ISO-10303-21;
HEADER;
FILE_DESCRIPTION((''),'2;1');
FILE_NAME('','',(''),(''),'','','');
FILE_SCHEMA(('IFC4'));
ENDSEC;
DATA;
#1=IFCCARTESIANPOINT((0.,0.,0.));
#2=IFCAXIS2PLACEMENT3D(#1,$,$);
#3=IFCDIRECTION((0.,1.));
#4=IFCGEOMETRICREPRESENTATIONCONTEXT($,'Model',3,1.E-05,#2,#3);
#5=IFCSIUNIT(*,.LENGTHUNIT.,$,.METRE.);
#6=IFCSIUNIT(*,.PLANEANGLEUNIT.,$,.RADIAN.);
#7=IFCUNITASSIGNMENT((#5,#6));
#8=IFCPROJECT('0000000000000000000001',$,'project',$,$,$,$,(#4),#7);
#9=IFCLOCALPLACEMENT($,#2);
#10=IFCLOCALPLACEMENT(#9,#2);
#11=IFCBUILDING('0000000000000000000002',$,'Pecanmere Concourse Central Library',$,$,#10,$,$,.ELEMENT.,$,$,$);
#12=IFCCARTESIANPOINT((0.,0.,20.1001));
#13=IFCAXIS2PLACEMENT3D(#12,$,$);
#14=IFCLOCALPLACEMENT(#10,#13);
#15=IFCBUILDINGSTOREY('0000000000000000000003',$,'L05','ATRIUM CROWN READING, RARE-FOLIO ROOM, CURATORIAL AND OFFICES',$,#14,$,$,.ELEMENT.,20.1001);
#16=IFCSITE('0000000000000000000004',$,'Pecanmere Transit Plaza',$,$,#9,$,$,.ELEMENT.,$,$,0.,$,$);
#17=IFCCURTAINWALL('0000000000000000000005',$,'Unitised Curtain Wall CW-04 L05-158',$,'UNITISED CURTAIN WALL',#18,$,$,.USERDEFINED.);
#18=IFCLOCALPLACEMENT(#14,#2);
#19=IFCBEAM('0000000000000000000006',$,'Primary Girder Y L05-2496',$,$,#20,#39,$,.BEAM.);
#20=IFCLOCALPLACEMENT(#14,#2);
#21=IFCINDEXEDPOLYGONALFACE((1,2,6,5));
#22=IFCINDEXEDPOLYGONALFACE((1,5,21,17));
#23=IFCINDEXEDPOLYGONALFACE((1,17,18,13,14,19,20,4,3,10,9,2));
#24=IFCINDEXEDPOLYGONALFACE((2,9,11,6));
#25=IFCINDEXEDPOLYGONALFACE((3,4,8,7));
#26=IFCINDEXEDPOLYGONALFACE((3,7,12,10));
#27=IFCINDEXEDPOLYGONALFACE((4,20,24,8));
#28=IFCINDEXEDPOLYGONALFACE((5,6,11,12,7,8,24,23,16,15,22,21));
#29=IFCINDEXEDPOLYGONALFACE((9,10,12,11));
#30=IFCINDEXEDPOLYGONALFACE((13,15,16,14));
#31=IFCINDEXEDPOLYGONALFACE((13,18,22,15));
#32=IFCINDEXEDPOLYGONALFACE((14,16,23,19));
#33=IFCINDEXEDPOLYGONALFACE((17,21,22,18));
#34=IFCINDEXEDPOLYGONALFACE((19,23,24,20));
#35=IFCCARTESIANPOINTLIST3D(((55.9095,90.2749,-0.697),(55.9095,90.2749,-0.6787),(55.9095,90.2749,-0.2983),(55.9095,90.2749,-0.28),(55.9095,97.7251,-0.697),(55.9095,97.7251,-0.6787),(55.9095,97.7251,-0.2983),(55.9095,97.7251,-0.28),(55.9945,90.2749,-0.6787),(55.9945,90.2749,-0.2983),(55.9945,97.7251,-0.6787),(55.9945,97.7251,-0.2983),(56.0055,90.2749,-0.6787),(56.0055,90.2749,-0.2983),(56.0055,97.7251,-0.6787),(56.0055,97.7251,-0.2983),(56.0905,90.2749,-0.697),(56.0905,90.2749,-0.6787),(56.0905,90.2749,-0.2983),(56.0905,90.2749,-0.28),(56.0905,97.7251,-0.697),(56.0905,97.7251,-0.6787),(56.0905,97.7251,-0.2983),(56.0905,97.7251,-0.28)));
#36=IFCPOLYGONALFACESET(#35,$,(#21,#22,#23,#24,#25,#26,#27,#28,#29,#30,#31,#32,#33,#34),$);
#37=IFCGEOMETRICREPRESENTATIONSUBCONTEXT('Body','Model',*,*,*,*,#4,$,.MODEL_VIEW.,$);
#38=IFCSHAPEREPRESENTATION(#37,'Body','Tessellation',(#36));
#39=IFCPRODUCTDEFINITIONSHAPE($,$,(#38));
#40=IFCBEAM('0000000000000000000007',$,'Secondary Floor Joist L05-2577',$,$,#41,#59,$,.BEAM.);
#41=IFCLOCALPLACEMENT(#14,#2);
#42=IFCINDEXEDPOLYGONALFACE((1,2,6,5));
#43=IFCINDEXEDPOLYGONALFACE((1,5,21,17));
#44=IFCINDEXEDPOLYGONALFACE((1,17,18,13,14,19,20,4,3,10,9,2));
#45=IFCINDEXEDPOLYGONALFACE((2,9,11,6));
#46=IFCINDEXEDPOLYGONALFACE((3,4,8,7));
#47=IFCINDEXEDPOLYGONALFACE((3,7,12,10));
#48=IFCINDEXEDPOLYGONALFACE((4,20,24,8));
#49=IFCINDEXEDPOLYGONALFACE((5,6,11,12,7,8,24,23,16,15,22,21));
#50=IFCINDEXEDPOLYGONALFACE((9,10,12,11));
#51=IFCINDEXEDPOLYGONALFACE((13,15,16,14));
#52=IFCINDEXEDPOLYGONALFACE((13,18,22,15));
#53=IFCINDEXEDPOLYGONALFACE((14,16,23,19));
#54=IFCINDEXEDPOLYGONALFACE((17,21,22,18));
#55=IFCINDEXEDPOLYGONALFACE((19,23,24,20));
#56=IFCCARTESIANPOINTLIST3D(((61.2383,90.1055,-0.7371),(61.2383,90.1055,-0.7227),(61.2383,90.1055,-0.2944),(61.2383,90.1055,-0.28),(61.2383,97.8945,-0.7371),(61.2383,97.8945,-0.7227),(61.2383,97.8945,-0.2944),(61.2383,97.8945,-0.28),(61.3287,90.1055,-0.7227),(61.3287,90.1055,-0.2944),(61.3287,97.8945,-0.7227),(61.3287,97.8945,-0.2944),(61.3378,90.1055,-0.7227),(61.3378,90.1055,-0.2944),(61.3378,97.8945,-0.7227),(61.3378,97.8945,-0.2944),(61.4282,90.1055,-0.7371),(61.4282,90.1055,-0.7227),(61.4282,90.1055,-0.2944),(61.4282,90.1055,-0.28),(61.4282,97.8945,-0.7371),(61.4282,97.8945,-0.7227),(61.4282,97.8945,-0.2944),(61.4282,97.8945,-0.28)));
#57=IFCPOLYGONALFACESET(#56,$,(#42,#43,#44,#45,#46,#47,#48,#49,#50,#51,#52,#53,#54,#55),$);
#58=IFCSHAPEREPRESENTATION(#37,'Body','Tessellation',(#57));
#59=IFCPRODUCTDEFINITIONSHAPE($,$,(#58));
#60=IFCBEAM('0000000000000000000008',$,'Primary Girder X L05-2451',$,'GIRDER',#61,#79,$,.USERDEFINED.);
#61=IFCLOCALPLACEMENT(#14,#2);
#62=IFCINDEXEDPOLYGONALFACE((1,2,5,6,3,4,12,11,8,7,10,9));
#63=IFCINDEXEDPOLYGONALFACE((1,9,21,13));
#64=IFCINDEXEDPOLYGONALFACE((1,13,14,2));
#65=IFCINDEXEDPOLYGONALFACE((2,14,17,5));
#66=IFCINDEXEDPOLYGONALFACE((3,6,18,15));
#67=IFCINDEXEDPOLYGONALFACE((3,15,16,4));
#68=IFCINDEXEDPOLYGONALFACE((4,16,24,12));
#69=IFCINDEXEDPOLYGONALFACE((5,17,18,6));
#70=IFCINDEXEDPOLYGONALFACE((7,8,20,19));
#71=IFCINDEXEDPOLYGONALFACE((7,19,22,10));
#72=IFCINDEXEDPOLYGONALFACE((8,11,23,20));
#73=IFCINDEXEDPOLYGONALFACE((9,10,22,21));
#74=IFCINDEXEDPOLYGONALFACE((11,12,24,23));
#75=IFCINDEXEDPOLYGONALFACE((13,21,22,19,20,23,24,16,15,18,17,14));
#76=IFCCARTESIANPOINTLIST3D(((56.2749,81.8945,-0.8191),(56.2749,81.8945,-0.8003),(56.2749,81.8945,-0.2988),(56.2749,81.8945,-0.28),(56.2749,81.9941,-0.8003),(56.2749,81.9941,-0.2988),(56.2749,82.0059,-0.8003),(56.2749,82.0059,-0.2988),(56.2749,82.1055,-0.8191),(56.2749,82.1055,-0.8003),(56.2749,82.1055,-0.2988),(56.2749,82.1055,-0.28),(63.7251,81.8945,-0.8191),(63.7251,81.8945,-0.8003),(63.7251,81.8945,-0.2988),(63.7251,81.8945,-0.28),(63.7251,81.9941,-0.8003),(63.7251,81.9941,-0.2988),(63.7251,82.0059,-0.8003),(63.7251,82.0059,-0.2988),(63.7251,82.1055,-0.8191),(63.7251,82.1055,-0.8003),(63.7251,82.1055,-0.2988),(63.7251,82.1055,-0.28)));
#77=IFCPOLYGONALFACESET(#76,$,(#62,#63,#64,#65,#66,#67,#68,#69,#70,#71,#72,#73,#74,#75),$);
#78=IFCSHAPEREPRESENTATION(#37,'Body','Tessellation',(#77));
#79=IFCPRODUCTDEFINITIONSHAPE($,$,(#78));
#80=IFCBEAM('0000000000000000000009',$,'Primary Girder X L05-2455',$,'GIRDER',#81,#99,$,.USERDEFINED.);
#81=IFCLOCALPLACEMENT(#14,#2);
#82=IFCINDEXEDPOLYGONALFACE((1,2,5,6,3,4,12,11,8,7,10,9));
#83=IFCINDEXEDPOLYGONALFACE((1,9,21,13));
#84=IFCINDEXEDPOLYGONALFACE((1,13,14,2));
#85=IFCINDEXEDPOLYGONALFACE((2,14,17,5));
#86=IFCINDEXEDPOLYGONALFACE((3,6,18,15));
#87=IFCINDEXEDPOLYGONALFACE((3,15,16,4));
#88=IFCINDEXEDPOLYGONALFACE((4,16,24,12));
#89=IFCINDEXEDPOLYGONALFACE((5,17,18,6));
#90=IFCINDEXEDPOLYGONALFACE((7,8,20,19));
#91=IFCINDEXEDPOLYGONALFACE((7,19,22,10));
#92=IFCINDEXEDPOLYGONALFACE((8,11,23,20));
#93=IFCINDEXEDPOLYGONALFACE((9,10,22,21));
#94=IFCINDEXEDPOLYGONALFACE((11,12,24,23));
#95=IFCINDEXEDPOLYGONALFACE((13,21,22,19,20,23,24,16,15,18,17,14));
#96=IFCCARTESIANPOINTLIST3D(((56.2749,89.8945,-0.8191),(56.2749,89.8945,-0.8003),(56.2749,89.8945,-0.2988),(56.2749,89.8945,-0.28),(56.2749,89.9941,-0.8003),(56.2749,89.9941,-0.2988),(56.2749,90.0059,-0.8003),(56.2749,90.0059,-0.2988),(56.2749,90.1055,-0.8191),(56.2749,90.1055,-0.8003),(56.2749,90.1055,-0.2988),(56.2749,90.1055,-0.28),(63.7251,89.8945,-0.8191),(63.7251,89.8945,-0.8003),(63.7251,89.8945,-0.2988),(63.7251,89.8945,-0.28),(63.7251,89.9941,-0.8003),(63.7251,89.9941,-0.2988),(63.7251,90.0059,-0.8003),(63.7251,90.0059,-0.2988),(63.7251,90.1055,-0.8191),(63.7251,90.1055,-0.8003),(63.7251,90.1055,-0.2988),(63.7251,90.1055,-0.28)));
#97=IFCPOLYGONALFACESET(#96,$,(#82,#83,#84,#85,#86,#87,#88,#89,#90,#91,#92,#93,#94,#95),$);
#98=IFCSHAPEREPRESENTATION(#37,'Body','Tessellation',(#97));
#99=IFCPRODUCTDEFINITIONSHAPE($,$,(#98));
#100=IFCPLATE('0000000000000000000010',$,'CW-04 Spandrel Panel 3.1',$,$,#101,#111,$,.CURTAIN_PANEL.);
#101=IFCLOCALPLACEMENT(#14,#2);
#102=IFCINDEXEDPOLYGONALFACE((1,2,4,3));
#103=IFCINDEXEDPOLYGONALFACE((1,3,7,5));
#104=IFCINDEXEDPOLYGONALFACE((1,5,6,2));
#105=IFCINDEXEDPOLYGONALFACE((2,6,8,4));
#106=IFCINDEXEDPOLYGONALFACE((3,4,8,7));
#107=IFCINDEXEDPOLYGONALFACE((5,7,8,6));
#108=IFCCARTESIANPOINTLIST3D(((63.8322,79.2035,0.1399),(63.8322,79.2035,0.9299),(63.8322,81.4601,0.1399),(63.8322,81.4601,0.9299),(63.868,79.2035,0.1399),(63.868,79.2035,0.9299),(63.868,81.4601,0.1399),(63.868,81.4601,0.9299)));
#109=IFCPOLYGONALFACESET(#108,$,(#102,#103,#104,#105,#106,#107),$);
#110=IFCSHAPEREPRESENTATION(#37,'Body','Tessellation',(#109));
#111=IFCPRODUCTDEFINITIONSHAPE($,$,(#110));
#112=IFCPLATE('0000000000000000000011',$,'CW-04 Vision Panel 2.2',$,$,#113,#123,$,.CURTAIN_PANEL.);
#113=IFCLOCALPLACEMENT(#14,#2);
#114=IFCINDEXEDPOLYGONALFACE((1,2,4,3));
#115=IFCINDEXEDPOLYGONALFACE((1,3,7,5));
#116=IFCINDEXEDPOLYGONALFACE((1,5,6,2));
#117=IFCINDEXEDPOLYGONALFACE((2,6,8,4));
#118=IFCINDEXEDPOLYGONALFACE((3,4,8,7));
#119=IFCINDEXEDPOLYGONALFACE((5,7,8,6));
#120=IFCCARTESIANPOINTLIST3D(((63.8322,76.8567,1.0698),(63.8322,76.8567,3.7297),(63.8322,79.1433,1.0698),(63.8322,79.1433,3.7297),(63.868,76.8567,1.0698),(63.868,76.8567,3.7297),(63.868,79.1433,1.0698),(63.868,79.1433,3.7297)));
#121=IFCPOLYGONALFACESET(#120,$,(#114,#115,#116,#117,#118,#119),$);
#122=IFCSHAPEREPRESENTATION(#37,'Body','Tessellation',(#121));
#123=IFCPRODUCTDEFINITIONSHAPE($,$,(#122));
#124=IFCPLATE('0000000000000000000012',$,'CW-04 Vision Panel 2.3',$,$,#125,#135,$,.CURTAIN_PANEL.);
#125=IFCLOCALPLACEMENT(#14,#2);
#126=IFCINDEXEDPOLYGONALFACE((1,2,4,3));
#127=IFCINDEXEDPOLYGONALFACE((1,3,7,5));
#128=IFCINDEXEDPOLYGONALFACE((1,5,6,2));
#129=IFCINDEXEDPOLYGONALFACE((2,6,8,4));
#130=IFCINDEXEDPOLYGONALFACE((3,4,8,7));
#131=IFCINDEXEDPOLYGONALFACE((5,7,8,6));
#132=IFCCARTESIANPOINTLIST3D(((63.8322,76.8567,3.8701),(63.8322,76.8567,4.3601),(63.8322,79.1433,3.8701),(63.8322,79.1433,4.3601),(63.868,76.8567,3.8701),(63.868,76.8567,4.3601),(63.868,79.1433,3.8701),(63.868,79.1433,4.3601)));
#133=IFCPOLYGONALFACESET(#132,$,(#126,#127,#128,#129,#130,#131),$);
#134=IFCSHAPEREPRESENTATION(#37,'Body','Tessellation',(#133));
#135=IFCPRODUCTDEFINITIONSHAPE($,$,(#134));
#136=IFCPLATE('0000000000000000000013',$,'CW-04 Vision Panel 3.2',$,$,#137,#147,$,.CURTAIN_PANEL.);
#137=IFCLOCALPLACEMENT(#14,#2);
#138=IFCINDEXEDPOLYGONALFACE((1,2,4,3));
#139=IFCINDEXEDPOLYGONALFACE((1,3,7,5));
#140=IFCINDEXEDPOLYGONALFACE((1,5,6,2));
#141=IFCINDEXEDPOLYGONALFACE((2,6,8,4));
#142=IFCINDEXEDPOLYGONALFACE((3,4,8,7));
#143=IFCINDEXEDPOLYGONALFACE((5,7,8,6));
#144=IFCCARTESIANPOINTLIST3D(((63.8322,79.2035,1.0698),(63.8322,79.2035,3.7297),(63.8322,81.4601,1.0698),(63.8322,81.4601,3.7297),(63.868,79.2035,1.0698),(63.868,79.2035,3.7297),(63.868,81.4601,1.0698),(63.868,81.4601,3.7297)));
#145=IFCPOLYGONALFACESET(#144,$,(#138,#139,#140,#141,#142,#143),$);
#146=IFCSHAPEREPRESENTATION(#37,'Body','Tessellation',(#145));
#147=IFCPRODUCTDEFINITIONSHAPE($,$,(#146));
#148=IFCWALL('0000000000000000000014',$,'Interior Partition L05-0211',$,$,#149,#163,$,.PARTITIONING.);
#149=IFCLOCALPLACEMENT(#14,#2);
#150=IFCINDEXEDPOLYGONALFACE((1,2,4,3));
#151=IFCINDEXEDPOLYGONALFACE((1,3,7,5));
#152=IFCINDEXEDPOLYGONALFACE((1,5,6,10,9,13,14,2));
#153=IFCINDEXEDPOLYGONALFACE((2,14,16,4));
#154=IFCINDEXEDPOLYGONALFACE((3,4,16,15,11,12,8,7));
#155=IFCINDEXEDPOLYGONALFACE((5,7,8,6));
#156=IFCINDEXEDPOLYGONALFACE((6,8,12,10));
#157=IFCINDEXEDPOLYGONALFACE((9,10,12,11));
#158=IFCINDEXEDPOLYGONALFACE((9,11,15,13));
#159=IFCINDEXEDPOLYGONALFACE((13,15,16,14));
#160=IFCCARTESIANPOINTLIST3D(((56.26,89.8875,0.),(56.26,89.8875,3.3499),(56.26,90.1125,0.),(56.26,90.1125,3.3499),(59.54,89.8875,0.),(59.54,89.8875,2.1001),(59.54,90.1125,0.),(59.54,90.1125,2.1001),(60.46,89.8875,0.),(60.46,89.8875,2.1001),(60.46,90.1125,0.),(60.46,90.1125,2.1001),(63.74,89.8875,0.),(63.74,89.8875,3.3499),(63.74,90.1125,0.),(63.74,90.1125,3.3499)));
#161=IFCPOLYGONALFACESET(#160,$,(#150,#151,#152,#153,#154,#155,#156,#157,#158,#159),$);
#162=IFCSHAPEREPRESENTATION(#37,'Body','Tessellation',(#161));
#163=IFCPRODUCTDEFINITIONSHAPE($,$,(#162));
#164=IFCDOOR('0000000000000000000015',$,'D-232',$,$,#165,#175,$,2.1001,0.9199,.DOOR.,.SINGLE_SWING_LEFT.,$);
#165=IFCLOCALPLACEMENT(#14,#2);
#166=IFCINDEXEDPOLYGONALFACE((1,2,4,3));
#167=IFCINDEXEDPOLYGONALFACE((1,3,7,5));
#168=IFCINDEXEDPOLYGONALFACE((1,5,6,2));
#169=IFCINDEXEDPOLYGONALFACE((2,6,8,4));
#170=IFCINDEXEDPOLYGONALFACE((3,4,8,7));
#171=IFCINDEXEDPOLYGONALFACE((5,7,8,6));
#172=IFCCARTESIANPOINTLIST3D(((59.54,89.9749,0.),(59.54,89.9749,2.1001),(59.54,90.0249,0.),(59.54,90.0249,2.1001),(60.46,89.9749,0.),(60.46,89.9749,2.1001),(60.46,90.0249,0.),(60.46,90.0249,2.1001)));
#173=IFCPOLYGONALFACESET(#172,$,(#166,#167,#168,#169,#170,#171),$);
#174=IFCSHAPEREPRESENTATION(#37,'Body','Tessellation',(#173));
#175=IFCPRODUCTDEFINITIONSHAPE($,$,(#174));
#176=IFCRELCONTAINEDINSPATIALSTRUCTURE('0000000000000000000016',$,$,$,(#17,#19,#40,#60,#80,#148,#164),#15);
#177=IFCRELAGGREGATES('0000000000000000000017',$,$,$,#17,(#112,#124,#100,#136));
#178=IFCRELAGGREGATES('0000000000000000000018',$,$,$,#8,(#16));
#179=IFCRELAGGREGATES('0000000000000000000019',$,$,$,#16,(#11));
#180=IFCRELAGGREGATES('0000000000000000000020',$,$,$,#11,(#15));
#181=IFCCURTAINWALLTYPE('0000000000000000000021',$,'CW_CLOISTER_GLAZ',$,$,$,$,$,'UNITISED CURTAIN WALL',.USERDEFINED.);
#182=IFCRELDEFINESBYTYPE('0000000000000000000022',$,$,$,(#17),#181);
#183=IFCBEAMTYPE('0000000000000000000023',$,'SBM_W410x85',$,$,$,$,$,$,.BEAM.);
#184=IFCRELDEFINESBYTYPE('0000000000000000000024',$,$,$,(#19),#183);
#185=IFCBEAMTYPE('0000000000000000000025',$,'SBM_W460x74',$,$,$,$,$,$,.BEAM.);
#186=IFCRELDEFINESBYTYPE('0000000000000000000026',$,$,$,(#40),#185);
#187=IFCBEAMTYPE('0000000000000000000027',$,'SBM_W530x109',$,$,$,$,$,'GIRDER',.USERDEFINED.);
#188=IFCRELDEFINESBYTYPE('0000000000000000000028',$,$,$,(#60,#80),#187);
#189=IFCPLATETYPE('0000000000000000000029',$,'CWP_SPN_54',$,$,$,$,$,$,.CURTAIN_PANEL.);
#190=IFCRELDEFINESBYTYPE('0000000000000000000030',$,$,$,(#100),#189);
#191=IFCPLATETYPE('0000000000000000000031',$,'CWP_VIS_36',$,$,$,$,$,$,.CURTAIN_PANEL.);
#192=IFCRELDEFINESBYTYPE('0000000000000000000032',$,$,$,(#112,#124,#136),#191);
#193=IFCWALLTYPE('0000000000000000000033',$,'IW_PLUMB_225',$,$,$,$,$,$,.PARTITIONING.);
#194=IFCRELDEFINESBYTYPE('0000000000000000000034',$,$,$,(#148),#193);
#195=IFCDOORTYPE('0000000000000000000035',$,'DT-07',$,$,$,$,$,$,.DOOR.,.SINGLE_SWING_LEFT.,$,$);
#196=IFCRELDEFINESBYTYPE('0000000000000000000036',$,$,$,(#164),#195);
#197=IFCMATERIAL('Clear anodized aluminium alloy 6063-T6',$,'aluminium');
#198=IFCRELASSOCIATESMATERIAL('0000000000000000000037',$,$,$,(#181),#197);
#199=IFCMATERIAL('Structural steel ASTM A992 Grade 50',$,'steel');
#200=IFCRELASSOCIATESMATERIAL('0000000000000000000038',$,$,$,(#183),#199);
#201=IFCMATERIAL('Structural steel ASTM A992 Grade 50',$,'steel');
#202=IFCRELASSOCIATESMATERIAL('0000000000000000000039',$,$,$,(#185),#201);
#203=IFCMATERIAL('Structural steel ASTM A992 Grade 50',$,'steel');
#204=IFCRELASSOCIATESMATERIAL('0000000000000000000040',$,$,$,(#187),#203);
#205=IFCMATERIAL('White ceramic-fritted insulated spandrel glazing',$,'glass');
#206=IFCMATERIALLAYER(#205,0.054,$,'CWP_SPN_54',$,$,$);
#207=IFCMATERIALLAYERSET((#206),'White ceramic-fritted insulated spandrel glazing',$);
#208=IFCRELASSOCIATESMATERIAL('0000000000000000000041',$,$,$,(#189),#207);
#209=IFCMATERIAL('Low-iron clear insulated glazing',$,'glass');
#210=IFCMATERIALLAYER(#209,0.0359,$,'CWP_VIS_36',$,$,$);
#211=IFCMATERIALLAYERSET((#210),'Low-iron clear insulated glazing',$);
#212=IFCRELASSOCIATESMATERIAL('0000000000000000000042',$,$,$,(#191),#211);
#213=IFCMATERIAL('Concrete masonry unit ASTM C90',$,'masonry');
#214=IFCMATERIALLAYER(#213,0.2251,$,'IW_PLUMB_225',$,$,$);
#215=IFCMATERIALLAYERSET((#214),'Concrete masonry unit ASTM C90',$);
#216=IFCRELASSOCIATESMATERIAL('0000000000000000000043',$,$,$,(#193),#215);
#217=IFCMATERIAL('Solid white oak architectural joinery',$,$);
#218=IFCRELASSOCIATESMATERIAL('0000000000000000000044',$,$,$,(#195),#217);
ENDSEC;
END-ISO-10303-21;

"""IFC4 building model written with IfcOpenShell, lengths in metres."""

from ifc_helpers import new_model, si_unit, direction, frame, frame_2d, origin, origin_2d, place, context, subcontext, project, spatial, rectangle, i_section, extrude, material, layer, layer_set, material_profile, profile_set, type_object, element, fill, aggregate, save


model = new_model("IFC4")

# Units and contexts
model_context = context("Model", 3, precision=1e-05, world=origin(), true_north=direction((0.0, 1.0)))
body_context = subcontext(model_context, "Body", "Model", "MODEL_VIEW")
ifc_project = project(units=[si_unit("LENGTHUNIT", "METRE"), si_unit("PLANEANGLEUNIT", "RADIAN")], contexts=[model_context])

# Site, building, storey
site_placement = place(None, origin())
site = spatial("IfcSite", under=ifc_project, at=site_placement, Name="Pecanmere Transit Plaza", CompositionType="ELEMENT", RefElevation=0.0)
building_placement = place(site_placement, origin())
building = spatial("IfcBuilding", under=site, at=building_placement, Name="Pecanmere Concourse Central Library", CompositionType="ELEMENT")
storey_placement = place(building_placement, frame((0.0, 0.0, 20.1001)))
storey = spatial("IfcBuildingStorey", under=building, at=storey_placement, Name="L05", Description="ATRIUM CROWN READING, RARE-FOLIO ROOM, CURATORIAL AND OFFICES", CompositionType="ELEMENT", Elevation=20.1001)

# Curtain wall
ifc_material_1 = material(Name="Clear anodized aluminium alloy 6063-T6", Category="aluminium")
curtain_wall_type = type_object("IfcCurtainWallType", Name="CW_CLOISTER_GLAZ", ElementType="UNITISED CURTAIN WALL", PredefinedType="USERDEFINED", material=ifc_material_1)
curtain_wall_placement = place(storey_placement, origin())
curtain_wall = element("IfcCurtainWall", 1, at=curtain_wall_placement, inside=storey, type_object=curtain_wall_type, Name="Unitised Curtain Wall CW-04 L05-158", ObjectType="UNITISED CURTAIN WALL", PredefinedType="USERDEFINED")

# Beams
ifc_material_2 = material(Name="Structural steel ASTM A992 Grade 50", Category="steel")
ifc_material_profile_1 = material_profile(ifc_material_2, i_section(OverallWidth=0.1809, OverallDepth=0.417, WebThickness=0.011, FlangeThickness=0.0183, at=origin_2d()), Name="W410x85")
ifc_profile_set_1 = profile_set([ifc_material_profile_1], Name="Structural steel ASTM A992 Grade 50")
beam_type_1 = type_object("IfcBeamType", Name="SBM_W410x85", PredefinedType="BEAM", material=ifc_profile_set_1)
for number, where, z_axis, x_axis, name in (
    (2, (56.0, 90.2749, -0.4885), (0.0, 1.0, 0.0), (-1.0, 0.0, 0.0), "Primary Girder Y L05-2496"),
):
    element("IfcBeam", number, at=place(storey_placement, frame(where, z_axis=z_axis, x_axis=x_axis)), inside=storey, type_object=beam_type_1, Name=name, PredefinedType="BEAM", context=body_context, shape_type="SweptSolid", body=[
        extrude(i_section(OverallWidth=0.1809, OverallDepth=0.417, WebThickness=0.011, FlangeThickness=0.0183, at=origin_2d()), origin(), (0.0, 0.0, 1.0), 7.4502),
    ])
ifc_material_3 = material(Name="Structural steel ASTM A992 Grade 50", Category="steel")
ifc_material_profile_2 = material_profile(ifc_material_3, i_section(OverallWidth=0.1899, OverallDepth=0.457, WebThickness=0.009, FlangeThickness=0.0144, at=origin_2d()), Name="W460x74")
ifc_profile_set_2 = profile_set([ifc_material_profile_2], Name="Structural steel ASTM A992 Grade 50")
beam_type_2 = type_object("IfcBeamType", Name="SBM_W460x74", PredefinedType="BEAM", material=ifc_profile_set_2)
beam_1_placement = place(storey_placement, frame((61.3333, 90.1055, -0.5085), z_axis=(0.0, 1.0, 0.0), x_axis=(-1.0, 0.0, 0.0)))
element("IfcBeam", 3, at=beam_1_placement, inside=storey, type_object=beam_type_2, Name="Secondary Floor Joist L05-2577", PredefinedType="BEAM", context=body_context, shape_type="SweptSolid", body=[
    extrude(i_section(OverallWidth=0.1899, OverallDepth=0.457, WebThickness=0.009, FlangeThickness=0.0144, at=origin_2d()), origin(), (0.0, 0.0, 1.0), 7.7891),
])
ifc_material_4 = material(Name="Structural steel ASTM A992 Grade 50", Category="steel")
ifc_material_profile_3 = material_profile(ifc_material_4, i_section(OverallWidth=0.2109, OverallDepth=0.5391, WebThickness=0.0117, FlangeThickness=0.0188, at=origin_2d()), Name="W530x109")
ifc_profile_set_3 = profile_set([ifc_material_profile_3], Name="Structural steel ASTM A992 Grade 50")
beam_type_3 = type_object("IfcBeamType", Name="SBM_W530x109", ElementType="GIRDER", PredefinedType="USERDEFINED", material=ifc_profile_set_3)
for number, where, z_axis, x_axis, name in (
    (4, (56.2749, 82.0, -0.5496), (1.0, 0.0, 0.0), (0.0, 1.0, 0.0), "Primary Girder X L05-2451"),
    (5, (56.2749, 90.0, -0.5496), (1.0, 0.0, 0.0), (0.0, 1.0, 0.0), "Primary Girder X L05-2455"),
):
    element("IfcBeam", number, at=place(storey_placement, frame(where, z_axis=z_axis, x_axis=x_axis)), inside=storey, type_object=beam_type_3, Name=name, ObjectType="GIRDER", PredefinedType="USERDEFINED", context=body_context, shape_type="SweptSolid", body=[
        extrude(i_section(OverallWidth=0.2109, OverallDepth=0.5391, WebThickness=0.0117, FlangeThickness=0.0188, at=origin_2d()), origin(), (0.0, 0.0, 1.0), 7.4502),
    ])

# Plates
ifc_material_5 = material(Name="White ceramic-fritted insulated spandrel glazing", Category="glass")
ifc_layer_1 = layer(ifc_material_5, 0.054, Name="CWP_SPN_54")
ifc_layer_set_1 = layer_set([ifc_layer_1], Name="White ceramic-fritted insulated spandrel glazing")
plate_type_1 = type_object("IfcPlateType", Name="CWP_SPN_54", PredefinedType="CURTAIN_PANEL", material=ifc_layer_set_1)
plate_1_placement = place(storey_placement, frame((63.8501, 80.3318, 0.1399), z_axis=(0.0, 0.0, 1.0), x_axis=(0.0, 1.0, 0.0)))
plate_1 = element("IfcPlate", 6, at=plate_1_placement, type_object=plate_type_1, Name="CW-04 Spandrel Panel 3.1", PredefinedType="CURTAIN_PANEL", context=body_context, shape_type="SweptSolid", body=[
    extrude(rectangle(XDim=2.2566, YDim=0.0359, at=origin_2d()), origin(), (0.0, 0.0, 1.0), 0.79),
])
ifc_material_6 = material(Name="Low-iron clear insulated glazing", Category="glass")
ifc_layer_2 = layer(ifc_material_6, 0.0359, Name="CWP_VIS_36")
ifc_layer_set_2 = layer_set([ifc_layer_2], Name="Low-iron clear insulated glazing")
plate_type_2 = type_object("IfcPlateType", Name="CWP_VIS_36", PredefinedType="CURTAIN_PANEL", material=ifc_layer_set_2)
plate_2_placement = place(storey_placement, frame((63.8501, 78.0, 1.0698), z_axis=(0.0, 0.0, 1.0), x_axis=(0.0, 1.0, 0.0)))
plate_2 = element("IfcPlate", 7, at=plate_2_placement, type_object=plate_type_2, Name="CW-04 Vision Panel 2.2", PredefinedType="CURTAIN_PANEL", context=body_context, shape_type="SweptSolid", body=[
    extrude(rectangle(XDim=2.2866, YDim=0.0359, at=origin_2d()), origin(), (0.0, 0.0, 1.0), 2.6599),
])
plate_3_placement = place(storey_placement, frame((63.8501, 78.0, 3.8701), z_axis=(0.0, 0.0, 1.0), x_axis=(0.0, 1.0, 0.0)))
plate_3 = element("IfcPlate", 8, at=plate_3_placement, type_object=plate_type_2, Name="CW-04 Vision Panel 2.3", PredefinedType="CURTAIN_PANEL", context=body_context, shape_type="SweptSolid", body=[
    extrude(rectangle(XDim=2.2866, YDim=0.0359, at=origin_2d()), origin(), (0.0, 0.0, 1.0), 0.49),
])
plate_4_placement = place(storey_placement, frame((63.8501, 80.3318, 1.0698), z_axis=(0.0, 0.0, 1.0), x_axis=(0.0, 1.0, 0.0)))
plate_4 = element("IfcPlate", 9, at=plate_4_placement, type_object=plate_type_2, Name="CW-04 Vision Panel 3.2", PredefinedType="CURTAIN_PANEL", context=body_context, shape_type="SweptSolid", body=[
    extrude(rectangle(XDim=2.2566, YDim=0.0359, at=origin_2d()), origin(), (0.0, 0.0, 1.0), 2.6599),
])
aggregate(curtain_wall, [plate_2, plate_3, plate_1, plate_4])

# Wall, opening, door
ifc_material_7 = material(Name="Concrete masonry unit ASTM C90", Category="masonry")
ifc_layer_3 = layer(ifc_material_7, 0.2251, Name="IW_PLUMB_225")
ifc_layer_set_3 = layer_set([ifc_layer_3], Name="Concrete masonry unit ASTM C90")
wall_type = type_object("IfcWallType", Name="IW_PLUMB_225", PredefinedType="PARTITIONING", material=ifc_layer_set_3)
wall_placement = place(storey_placement, frame((56.26, 90.0, 0.0), z_axis=(0.0, 0.0, 1.0), x_axis=(1.0, 0.0, 0.0)))
wall = element("IfcWall", 10, at=wall_placement, inside=storey, type_object=wall_type, Name="Interior Partition L05-0211", PredefinedType="PARTITIONING", context=body_context, shape_type="SweptSolid", body=[
    extrude(rectangle(XDim=7.48, YDim=0.2251, at=frame_2d((3.74, 0.0))), origin(), (0.0, 0.0, 1.0), 3.3499),
])
opening_placement = place(wall_placement, frame((3.28, 0.0, 0.0)))
opening = element("IfcOpeningElement", 11, at=opening_placement, cuts=wall, PredefinedType="OPENING", context=body_context, shape_type="SweptSolid", body=[
    extrude(rectangle(XDim=0.9199, YDim=2.1001, at=frame_2d((0.46, 1.05))), frame((0.0, 0.1245, 0.0), z_axis=(0.0, -1.0, 0.0), x_axis=(1.0, 0.0, 0.0)), (0.0, 0.0, 1.0), 0.249),
])
ifc_material_8 = material(Name="Solid white oak architectural joinery")
door_type = type_object("IfcDoorType", Name="DT-07", OperationType="SINGLE_SWING_LEFT", PredefinedType="DOOR", material=ifc_material_8)
door_placement = place(opening_placement, origin())
door = element("IfcDoor", 12, at=door_placement, inside=storey, type_object=door_type, Name="D-232", OperationType="SINGLE_SWING_LEFT", OverallHeight=2.1001, OverallWidth=0.9199, PredefinedType="DOOR", context=body_context, shape_type="SweptSolid", body=[
    extrude(rectangle(XDim=0.9199, YDim=2.1001, at=frame_2d((0.46, 1.05))), frame((0.0, 0.0249, 0.0), z_axis=(0.0, -1.0, 0.0), x_axis=(1.0, 0.0, 0.0)), (0.0, 0.0, 1.0), 0.05),
])
fill(opening, door)

save(model, "model.ifc")
